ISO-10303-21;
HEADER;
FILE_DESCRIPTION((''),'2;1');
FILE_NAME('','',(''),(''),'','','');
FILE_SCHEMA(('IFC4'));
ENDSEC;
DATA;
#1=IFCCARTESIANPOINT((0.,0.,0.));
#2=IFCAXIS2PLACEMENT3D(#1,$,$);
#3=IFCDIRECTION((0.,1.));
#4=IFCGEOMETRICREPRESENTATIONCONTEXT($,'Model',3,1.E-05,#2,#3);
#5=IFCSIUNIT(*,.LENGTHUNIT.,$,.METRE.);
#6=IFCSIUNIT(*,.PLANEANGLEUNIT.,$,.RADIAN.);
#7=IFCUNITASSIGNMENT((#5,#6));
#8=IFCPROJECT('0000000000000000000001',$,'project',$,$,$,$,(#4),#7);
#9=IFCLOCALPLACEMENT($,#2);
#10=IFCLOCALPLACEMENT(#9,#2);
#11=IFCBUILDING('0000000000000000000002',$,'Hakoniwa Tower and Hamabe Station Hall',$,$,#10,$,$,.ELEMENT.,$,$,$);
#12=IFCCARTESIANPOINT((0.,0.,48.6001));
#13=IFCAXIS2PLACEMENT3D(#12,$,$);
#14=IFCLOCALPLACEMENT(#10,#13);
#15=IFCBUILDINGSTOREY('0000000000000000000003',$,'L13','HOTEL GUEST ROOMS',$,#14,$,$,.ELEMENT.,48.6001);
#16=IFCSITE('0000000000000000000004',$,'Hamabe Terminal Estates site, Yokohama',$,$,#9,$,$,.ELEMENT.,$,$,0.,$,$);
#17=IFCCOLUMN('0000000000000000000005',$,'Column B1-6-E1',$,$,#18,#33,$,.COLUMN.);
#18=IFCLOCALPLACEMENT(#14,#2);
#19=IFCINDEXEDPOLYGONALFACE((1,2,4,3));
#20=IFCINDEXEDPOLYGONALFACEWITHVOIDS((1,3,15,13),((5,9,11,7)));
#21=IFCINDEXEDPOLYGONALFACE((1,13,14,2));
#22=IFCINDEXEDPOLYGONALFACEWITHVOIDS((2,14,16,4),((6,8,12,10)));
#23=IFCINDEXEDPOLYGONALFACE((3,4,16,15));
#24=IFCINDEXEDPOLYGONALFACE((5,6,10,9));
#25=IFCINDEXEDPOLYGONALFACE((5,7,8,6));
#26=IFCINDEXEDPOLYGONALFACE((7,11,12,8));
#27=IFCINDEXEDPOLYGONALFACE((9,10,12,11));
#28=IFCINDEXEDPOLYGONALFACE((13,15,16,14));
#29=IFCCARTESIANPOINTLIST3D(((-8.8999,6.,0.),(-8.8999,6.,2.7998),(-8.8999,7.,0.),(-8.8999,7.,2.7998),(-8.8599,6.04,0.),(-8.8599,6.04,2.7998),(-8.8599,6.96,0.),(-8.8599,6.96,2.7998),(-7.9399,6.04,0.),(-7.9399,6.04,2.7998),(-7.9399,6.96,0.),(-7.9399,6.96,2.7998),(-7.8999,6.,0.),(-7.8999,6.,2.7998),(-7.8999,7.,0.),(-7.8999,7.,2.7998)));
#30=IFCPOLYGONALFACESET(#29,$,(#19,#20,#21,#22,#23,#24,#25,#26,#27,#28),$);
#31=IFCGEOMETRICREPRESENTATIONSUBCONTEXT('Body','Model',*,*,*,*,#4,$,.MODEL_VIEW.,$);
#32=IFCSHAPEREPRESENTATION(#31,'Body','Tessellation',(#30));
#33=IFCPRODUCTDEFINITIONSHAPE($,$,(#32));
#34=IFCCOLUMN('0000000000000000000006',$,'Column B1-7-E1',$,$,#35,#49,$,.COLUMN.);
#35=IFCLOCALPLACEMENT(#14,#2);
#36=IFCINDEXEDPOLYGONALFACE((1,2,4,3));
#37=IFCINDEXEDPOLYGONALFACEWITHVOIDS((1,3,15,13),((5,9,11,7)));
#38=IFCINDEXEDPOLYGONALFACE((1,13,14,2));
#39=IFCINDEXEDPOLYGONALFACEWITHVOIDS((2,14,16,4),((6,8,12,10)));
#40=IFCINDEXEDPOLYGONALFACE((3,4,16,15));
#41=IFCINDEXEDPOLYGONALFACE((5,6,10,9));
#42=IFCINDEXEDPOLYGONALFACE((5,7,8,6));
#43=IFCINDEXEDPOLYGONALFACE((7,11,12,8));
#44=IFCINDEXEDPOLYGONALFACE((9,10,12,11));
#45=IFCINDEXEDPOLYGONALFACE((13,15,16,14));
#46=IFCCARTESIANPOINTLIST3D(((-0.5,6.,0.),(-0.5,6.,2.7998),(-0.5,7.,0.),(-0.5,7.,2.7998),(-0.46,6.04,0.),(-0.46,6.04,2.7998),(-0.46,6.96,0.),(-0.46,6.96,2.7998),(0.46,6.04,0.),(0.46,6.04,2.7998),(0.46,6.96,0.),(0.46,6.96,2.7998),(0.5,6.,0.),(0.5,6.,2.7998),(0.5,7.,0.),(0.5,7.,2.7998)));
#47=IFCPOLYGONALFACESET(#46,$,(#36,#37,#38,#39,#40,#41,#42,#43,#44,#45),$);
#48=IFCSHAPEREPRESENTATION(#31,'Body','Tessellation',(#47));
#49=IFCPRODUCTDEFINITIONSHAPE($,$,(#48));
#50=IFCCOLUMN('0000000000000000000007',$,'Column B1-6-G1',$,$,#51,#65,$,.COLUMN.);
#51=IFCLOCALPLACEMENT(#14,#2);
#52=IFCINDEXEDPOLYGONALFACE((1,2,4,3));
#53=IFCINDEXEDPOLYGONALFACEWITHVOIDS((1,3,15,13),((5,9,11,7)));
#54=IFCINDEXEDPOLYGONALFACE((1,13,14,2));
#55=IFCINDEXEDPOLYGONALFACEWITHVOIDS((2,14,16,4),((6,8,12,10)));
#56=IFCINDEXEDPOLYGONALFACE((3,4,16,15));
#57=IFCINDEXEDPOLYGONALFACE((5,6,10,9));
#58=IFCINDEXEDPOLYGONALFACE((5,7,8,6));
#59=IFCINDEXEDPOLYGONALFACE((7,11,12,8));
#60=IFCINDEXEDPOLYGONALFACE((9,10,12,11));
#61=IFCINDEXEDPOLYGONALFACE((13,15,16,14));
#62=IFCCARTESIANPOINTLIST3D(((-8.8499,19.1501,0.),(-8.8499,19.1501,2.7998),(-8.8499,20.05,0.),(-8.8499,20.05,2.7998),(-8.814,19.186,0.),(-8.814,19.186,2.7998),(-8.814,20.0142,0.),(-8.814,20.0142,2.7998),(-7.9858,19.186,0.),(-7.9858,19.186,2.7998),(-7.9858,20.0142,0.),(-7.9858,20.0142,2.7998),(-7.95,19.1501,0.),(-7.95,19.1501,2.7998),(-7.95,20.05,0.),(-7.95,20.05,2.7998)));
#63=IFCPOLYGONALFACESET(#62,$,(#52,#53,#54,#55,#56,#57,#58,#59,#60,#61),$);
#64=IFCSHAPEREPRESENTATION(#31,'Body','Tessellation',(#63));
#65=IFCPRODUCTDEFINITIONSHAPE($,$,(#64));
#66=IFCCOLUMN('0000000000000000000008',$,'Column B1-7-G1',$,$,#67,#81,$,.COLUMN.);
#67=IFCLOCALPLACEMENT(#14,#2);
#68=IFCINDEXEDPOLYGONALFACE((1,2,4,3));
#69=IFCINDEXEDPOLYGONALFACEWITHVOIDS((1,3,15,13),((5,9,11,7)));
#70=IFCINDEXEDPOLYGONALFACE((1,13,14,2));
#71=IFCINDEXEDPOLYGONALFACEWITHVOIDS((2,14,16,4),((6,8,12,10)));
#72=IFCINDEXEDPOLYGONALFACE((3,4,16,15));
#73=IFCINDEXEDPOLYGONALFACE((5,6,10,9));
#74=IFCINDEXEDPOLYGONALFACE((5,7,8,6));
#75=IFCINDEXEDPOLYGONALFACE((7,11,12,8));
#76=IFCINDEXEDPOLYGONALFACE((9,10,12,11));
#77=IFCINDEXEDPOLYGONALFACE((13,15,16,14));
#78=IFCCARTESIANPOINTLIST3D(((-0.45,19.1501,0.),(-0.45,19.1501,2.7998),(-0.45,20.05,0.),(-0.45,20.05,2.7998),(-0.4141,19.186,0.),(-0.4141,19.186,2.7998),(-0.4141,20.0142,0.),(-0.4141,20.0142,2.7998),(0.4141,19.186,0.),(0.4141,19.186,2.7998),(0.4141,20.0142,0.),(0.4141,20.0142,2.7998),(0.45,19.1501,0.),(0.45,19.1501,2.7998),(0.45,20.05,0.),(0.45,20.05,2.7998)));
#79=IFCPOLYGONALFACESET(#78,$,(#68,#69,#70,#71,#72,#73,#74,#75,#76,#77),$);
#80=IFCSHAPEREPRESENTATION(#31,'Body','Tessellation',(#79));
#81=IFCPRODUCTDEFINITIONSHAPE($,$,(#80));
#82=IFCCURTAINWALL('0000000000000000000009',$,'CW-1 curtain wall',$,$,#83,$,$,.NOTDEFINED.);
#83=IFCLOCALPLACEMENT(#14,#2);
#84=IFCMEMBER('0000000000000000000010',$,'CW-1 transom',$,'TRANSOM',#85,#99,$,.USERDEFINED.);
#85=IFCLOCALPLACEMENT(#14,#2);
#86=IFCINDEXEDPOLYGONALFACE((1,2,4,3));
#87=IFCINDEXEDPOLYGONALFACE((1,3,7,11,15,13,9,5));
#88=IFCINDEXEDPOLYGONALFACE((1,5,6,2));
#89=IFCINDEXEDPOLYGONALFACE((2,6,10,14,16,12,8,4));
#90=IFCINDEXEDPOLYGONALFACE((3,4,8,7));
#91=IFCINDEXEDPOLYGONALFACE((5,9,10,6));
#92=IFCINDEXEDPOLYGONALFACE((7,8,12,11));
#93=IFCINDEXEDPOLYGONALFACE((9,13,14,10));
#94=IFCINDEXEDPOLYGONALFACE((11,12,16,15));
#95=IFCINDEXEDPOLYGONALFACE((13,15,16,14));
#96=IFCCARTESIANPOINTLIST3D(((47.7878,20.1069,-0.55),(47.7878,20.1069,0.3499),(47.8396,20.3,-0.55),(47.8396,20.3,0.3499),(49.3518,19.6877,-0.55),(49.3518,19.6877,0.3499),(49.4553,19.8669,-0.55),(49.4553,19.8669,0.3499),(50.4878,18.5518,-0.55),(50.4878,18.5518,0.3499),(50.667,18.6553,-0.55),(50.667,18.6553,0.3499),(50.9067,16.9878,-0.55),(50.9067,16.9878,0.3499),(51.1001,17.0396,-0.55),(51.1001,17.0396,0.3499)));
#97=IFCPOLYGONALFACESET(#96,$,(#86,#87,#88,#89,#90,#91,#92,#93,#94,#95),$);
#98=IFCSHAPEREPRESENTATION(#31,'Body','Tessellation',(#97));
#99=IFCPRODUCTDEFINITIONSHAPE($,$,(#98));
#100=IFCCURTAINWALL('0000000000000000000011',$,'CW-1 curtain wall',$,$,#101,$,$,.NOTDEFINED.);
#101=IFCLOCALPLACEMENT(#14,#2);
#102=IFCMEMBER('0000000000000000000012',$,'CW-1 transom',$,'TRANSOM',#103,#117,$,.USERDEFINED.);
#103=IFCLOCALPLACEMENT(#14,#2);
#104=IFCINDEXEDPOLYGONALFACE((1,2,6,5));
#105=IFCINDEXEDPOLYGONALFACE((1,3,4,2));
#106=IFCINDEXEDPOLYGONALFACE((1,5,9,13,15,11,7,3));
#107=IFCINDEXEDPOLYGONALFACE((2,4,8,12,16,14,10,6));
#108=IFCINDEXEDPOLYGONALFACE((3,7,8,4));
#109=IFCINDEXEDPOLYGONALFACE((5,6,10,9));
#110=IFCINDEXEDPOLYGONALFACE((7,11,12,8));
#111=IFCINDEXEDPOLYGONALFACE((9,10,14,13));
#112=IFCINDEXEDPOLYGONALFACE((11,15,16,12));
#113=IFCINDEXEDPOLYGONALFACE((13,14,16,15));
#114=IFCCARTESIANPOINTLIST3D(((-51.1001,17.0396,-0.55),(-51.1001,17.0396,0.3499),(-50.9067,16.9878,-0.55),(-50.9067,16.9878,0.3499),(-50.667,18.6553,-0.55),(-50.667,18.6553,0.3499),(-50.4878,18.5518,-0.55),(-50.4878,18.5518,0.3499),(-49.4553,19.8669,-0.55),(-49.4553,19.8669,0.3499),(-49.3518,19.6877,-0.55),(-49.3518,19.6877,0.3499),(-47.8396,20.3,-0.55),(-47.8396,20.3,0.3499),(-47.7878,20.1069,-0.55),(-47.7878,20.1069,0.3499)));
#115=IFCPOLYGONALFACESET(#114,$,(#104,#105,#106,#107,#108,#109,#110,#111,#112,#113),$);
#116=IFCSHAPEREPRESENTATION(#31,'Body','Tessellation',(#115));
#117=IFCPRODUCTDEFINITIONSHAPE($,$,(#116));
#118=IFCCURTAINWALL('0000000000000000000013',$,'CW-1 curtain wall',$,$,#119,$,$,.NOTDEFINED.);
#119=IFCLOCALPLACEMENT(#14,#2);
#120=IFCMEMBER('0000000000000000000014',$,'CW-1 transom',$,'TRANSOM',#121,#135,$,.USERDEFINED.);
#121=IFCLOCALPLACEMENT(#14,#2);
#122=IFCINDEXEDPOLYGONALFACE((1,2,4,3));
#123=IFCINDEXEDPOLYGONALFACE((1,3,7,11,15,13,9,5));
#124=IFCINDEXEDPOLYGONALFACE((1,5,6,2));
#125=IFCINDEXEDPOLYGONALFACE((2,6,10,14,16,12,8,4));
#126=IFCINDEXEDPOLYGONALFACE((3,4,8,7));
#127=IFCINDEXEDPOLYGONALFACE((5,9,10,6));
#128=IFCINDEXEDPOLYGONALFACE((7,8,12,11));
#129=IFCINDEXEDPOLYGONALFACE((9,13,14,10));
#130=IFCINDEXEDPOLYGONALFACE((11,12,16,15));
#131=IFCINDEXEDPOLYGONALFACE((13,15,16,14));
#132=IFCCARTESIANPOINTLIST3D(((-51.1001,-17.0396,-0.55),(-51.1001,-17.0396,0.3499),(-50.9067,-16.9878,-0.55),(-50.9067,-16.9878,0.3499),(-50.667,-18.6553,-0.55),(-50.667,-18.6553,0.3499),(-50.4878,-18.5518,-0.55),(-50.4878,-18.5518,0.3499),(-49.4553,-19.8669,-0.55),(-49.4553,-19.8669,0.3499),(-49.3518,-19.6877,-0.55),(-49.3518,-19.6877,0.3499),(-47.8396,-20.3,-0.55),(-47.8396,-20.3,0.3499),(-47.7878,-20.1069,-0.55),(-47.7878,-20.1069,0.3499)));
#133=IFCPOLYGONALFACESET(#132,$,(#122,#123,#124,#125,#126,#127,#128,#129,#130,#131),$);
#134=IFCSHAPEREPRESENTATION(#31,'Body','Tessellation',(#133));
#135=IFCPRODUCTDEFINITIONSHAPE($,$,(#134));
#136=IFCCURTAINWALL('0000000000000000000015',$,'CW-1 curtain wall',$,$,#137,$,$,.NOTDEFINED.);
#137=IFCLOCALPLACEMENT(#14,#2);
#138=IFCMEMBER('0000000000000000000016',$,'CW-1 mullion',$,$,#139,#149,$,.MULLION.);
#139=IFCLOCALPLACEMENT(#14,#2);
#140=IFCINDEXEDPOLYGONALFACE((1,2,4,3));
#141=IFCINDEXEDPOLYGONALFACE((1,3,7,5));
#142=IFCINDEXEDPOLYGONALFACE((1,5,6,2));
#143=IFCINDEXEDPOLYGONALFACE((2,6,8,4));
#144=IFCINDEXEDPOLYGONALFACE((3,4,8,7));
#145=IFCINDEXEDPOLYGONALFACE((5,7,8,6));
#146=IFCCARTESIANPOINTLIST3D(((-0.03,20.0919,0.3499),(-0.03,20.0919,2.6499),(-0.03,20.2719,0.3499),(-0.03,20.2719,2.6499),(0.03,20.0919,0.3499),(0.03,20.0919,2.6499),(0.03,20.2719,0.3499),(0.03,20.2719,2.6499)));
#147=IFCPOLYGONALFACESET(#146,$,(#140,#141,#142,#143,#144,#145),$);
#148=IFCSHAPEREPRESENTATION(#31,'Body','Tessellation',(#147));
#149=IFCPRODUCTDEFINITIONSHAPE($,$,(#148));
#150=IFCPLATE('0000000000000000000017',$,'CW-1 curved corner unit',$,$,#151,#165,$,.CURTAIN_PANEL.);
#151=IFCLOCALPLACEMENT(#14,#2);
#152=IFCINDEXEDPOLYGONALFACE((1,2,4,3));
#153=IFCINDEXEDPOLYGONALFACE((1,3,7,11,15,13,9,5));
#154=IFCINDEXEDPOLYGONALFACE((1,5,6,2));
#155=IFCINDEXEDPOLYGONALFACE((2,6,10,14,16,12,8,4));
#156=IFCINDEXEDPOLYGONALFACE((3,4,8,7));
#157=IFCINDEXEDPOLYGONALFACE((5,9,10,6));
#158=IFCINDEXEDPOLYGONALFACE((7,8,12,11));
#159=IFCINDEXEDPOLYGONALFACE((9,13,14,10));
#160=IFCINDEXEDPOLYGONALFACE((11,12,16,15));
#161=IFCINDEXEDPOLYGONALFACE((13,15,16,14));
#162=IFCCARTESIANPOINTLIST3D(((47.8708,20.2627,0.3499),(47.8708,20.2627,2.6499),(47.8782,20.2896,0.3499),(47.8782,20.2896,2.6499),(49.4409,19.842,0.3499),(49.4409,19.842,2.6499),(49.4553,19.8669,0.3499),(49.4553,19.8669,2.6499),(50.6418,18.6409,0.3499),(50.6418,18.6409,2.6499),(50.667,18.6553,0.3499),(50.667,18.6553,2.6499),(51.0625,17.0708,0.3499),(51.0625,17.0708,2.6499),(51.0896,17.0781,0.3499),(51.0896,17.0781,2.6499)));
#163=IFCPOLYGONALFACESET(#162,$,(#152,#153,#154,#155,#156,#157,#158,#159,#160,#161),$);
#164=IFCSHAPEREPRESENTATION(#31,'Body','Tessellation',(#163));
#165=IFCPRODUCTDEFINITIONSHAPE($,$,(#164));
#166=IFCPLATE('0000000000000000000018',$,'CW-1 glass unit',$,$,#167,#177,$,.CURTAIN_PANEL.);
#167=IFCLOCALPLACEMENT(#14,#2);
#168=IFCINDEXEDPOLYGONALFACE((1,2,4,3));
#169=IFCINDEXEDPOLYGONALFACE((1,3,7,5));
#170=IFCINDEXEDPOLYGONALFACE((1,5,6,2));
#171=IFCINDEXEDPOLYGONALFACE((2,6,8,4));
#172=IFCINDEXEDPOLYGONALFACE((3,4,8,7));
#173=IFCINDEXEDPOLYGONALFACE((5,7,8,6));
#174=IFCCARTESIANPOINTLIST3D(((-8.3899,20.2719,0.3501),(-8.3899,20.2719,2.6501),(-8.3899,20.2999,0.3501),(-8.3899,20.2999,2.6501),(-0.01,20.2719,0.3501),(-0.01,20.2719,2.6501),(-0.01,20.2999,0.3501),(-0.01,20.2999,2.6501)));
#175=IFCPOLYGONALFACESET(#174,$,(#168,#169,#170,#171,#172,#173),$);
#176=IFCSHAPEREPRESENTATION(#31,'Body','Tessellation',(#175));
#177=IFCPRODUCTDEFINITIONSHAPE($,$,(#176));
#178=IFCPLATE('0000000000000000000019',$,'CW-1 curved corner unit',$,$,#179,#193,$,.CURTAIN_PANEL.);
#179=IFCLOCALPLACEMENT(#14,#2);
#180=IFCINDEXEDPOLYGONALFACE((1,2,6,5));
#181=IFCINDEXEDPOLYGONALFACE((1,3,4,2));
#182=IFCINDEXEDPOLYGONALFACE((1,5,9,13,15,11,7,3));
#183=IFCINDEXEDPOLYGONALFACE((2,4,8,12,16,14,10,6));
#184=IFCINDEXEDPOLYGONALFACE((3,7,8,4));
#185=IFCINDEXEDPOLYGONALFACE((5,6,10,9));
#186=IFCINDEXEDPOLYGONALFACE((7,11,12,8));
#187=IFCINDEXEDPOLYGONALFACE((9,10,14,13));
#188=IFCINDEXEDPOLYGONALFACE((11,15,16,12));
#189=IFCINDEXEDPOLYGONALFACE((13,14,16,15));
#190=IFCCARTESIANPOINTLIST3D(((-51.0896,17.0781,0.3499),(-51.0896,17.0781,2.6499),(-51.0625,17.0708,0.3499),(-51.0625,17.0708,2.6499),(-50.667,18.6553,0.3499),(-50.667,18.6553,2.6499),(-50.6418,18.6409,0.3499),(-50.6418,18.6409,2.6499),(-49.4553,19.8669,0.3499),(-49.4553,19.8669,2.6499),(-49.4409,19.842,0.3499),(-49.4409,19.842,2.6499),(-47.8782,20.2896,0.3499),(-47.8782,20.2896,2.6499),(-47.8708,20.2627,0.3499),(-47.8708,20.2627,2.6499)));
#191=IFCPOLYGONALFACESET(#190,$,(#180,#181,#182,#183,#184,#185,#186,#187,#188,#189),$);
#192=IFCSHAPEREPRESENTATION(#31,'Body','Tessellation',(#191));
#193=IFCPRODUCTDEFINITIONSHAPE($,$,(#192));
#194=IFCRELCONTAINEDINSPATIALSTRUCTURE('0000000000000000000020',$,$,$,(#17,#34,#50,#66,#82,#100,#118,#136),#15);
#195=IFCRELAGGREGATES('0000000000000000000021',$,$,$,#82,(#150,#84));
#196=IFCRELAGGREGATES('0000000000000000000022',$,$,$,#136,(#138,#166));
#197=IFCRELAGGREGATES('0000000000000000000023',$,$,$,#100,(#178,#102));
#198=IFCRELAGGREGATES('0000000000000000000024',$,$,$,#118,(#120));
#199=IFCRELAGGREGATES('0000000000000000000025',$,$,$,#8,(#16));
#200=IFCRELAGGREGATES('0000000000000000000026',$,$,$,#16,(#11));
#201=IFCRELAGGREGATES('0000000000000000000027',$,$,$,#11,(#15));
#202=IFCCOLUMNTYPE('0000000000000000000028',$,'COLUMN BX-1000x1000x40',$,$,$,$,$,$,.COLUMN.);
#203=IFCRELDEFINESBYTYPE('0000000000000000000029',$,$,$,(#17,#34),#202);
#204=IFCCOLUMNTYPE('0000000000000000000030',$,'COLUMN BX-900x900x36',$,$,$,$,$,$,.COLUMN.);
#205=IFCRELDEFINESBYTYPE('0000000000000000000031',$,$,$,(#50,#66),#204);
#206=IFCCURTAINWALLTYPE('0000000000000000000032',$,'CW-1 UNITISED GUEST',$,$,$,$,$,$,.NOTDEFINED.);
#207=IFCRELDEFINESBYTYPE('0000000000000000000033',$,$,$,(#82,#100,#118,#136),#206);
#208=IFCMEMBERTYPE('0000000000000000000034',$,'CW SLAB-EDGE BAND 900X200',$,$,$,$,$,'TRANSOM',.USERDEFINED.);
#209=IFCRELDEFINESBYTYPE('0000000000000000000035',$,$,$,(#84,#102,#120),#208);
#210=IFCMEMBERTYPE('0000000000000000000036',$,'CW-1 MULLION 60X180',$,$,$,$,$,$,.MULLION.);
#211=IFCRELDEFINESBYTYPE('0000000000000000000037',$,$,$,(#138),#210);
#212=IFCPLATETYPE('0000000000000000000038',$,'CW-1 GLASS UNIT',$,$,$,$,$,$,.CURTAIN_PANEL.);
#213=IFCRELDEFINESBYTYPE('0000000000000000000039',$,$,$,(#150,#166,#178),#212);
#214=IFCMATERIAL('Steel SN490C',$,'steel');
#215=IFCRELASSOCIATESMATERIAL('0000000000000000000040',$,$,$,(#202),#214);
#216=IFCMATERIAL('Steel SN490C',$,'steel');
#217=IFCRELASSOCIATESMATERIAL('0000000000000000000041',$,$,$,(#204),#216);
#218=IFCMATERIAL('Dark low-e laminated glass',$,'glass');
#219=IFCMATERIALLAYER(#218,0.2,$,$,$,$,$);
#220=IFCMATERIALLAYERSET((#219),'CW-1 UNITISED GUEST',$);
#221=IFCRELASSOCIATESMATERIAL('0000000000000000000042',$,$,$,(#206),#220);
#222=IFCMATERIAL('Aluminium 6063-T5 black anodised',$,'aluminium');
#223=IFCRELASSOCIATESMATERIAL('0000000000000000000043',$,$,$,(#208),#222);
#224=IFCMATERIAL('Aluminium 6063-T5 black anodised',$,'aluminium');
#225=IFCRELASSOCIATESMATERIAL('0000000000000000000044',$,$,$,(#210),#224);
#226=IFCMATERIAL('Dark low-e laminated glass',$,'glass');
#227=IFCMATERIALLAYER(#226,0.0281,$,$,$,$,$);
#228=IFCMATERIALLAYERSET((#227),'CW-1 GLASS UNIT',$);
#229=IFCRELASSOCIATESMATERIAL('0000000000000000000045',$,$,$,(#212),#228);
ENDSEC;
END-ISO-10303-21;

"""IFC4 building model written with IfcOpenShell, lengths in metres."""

from ifc_helpers import new_model, si_unit, direction, frame, origin, origin_2d, place, context, subcontext, project, spatial, polyline, rectangle, hollow_rectangle, outline, extrude, material, layer, layer_set, material_profile, profile_set, type_object, element, aggregate, save


model = new_model("IFC4")

# Units and contexts
model_context = context("Model", 3, precision=1e-05, world=origin(), true_north=direction((0.0, 1.0)))
body_context = subcontext(model_context, "Body", "Model", "MODEL_VIEW")
ifc_project = project(units=[si_unit("LENGTHUNIT", "METRE"), si_unit("PLANEANGLEUNIT", "RADIAN")], contexts=[model_context])

# Site, building, storey
site_placement = place(None, origin())
site = spatial("IfcSite", under=ifc_project, at=site_placement, Name="Hamabe Terminal Estates site, Yokohama", CompositionType="ELEMENT", RefElevation=0.0)
building_placement = place(site_placement, origin())
building = spatial("IfcBuilding", under=site, at=building_placement, Name="Hakoniwa Tower and Hamabe Station Hall", CompositionType="ELEMENT")
storey_placement = place(building_placement, frame((0.0, 0.0, 48.6001)))
storey = spatial("IfcBuildingStorey", under=building, at=storey_placement, Name="L13", Description="HOTEL GUEST ROOMS", CompositionType="ELEMENT", Elevation=48.6001)

# Columns
ifc_material_1 = material(Name="Steel SN490C", Category="steel")
ifc_material_profile_1 = material_profile(ifc_material_1, hollow_rectangle(XDim=1.0, YDim=1.0, WallThickness=0.04, at=origin_2d()), Name="BX-1000x1000x40")
ifc_profile_set_1 = profile_set([ifc_material_profile_1], Name="Steel SN490C")
column_type_1 = type_object("IfcColumnType", Name="COLUMN BX-1000x1000x40", PredefinedType="COLUMN", material=ifc_profile_set_1)
for number, where, z_axis, x_axis, name in (
    (1, (-8.3999, 6.5, 0.0), (0.0, 0.0, 1.0), (1.0, 0.0, 0.0), "Column B1-6-E1"),
    (2, (0.0, 6.5, 0.0), (0.0, 0.0, 1.0), (1.0, 0.0, 0.0), "Column B1-7-E1"),
):
    element("IfcColumn", number, at=place(storey_placement, frame(where, z_axis=z_axis, x_axis=x_axis)), inside=storey, type_object=column_type_1, Name=name, PredefinedType="COLUMN", context=body_context, shape_type="SweptSolid", body=[
        extrude(hollow_rectangle(XDim=1.0, YDim=1.0, WallThickness=0.04, at=origin_2d()), origin(), (0.0, 0.0, 1.0), 2.7998),
    ])
ifc_material_2 = material(Name="Steel SN490C", Category="steel")
ifc_material_profile_2 = material_profile(ifc_material_2, hollow_rectangle(XDim=0.8999, YDim=0.8999, WallThickness=0.0359, at=origin_2d()), Name="BX-900x900x36")
ifc_profile_set_2 = profile_set([ifc_material_profile_2], Name="Steel SN490C")
column_type_2 = type_object("IfcColumnType", Name="COLUMN BX-900x900x36", PredefinedType="COLUMN", material=ifc_profile_set_2)
for number, where, z_axis, x_axis, name in (
    (3, (-8.3999, 19.6001, 0.0), (0.0, 0.0, 1.0), (1.0, 0.0, 0.0), "Column B1-6-G1"),
    (4, (0.0, 19.6001, 0.0), (0.0, 0.0, 1.0), (1.0, 0.0, 0.0), "Column B1-7-G1"),
):
    element("IfcColumn", number, at=place(storey_placement, frame(where, z_axis=z_axis, x_axis=x_axis)), inside=storey, type_object=column_type_2, Name=name, PredefinedType="COLUMN", context=body_context, shape_type="SweptSolid", body=[
        extrude(hollow_rectangle(XDim=0.8999, YDim=0.8999, WallThickness=0.0359, at=origin_2d()), origin(), (0.0, 0.0, 1.0), 2.7998),
    ])

# Curtain walls, members
ifc_material_3 = material(Name="Dark low-e laminated glass", Category="glass")
ifc_layer_1 = layer(ifc_material_3, 0.2)
ifc_layer_set_1 = layer_set([ifc_layer_1], Name="CW-1 UNITISED GUEST")
curtain_wall_type = type_object("IfcCurtainWallType", Name="CW-1 UNITISED GUEST", PredefinedType="NOTDEFINED", material=ifc_layer_set_1)
curtain_wall_1_placement = place(storey_placement, origin())
curtain_wall_1 = element("IfcCurtainWall", 5, at=curtain_wall_1_placement, inside=storey, type_object=curtain_wall_type, Name="CW-1 curtain wall", PredefinedType="NOTDEFINED")
ifc_material_4 = material(Name="Aluminium 6063-T5 black anodised", Category="aluminium")
ifc_material_profile_3 = material_profile(ifc_material_4, rectangle(XDim=0.2, YDim=0.8999, at=origin_2d()), Name="CW SLAB-EDGE BAND 900X200")
ifc_profile_set_3 = profile_set([ifc_material_profile_3], Name="Aluminium 6063-T5 black anodised")
member_type_1 = type_object("IfcMemberType", Name="CW SLAB-EDGE BAND 900X200", ElementType="TRANSOM", PredefinedType="USERDEFINED", material=ifc_profile_set_3)
member_1_placement = place(storey_placement, frame((0.0, 0.0, -0.55)))
member_1 = element("IfcMember", 6, at=member_1_placement, type_object=member_type_1, Name="CW-1 transom", ObjectType="TRANSOM", PredefinedType="USERDEFINED", context=body_context, shape_type="SweptSolid", body=[
    extrude(outline(polyline([(51.1001, 17.0396), (50.667, 18.6553), (49.4553, 19.8669), (47.8396, 20.3), (47.7878, 20.1069), (49.3518, 19.6877), (50.4878, 18.5518), (50.9067, 16.9878), (51.1001, 17.0396)])), origin(), (0.0, 0.0, 1.0), 0.8999),
])
curtain_wall_2_placement = place(storey_placement, origin())
curtain_wall_2 = element("IfcCurtainWall", 7, at=curtain_wall_2_placement, inside=storey, type_object=curtain_wall_type, Name="CW-1 curtain wall", PredefinedType="NOTDEFINED")
member_2_placement = place(storey_placement, frame((0.0, 0.0, -0.55)))
member_2 = element("IfcMember", 8, at=member_2_placement, type_object=member_type_1, Name="CW-1 transom", ObjectType="TRANSOM", PredefinedType="USERDEFINED", context=body_context, shape_type="SweptSolid", body=[
    extrude(outline(polyline([(-47.8396, 20.3), (-49.4553, 19.8669), (-50.667, 18.6553), (-51.1001, 17.0396), (-50.9067, 16.9878), (-50.4878, 18.5518), (-49.3518, 19.6877), (-47.7878, 20.1069), (-47.8396, 20.3)])), origin(), (0.0, 0.0, 1.0), 0.8999),
])
curtain_wall_3_placement = place(storey_placement, origin())
curtain_wall_3 = element("IfcCurtainWall", 9, at=curtain_wall_3_placement, inside=storey, type_object=curtain_wall_type, Name="CW-1 curtain wall", PredefinedType="NOTDEFINED")
member_3_placement = place(storey_placement, frame((0.0, 0.0, -0.55)))
member_3 = element("IfcMember", 10, at=member_3_placement, type_object=member_type_1, Name="CW-1 transom", ObjectType="TRANSOM", PredefinedType="USERDEFINED", context=body_context, shape_type="SweptSolid", body=[
    extrude(outline(polyline([(-51.1001, -17.0396), (-50.667, -18.6553), (-49.4553, -19.8669), (-47.8396, -20.3), (-47.7878, -20.1069), (-49.3518, -19.6877), (-50.4878, -18.5518), (-50.9067, -16.9878), (-51.1001, -17.0396)])), origin(), (0.0, 0.0, 1.0), 0.8999),
])
curtain_wall_4_placement = place(storey_placement, origin())
curtain_wall_4 = element("IfcCurtainWall", 11, at=curtain_wall_4_placement, inside=storey, type_object=curtain_wall_type, Name="CW-1 curtain wall", PredefinedType="NOTDEFINED")
ifc_material_5 = material(Name="Aluminium 6063-T5 black anodised", Category="aluminium")
ifc_material_profile_4 = material_profile(ifc_material_5, rectangle(XDim=0.0601, YDim=0.1799, at=origin_2d()), Name="CW-1 MULLION 60X180")
ifc_profile_set_4 = profile_set([ifc_material_profile_4], Name="Aluminium 6063-T5 black anodised")
member_type_2 = type_object("IfcMemberType", Name="CW-1 MULLION 60X180", PredefinedType="MULLION", material=ifc_profile_set_4)
member_4_placement = place(storey_placement, frame((0.0, 20.1819, 0.3499), z_axis=(0.0, 0.0, 1.0), x_axis=(-1.0, 0.0, 0.0)))
member_4 = element("IfcMember", 12, at=member_4_placement, type_object=member_type_2, Name="CW-1 mullion", PredefinedType="MULLION", context=body_context, shape_type="SweptSolid", body=[
    extrude(rectangle(XDim=0.0601, YDim=0.1799, at=origin_2d()), origin(), (0.0, 0.0, 1.0), 2.3),
])

# Plates
ifc_material_6 = material(Name="Dark low-e laminated glass", Category="glass")
ifc_layer_2 = layer(ifc_material_6, 0.0281)
ifc_layer_set_2 = layer_set([ifc_layer_2], Name="CW-1 GLASS UNIT")
plate_type = type_object("IfcPlateType", Name="CW-1 GLASS UNIT", PredefinedType="CURTAIN_PANEL", material=ifc_layer_set_2)
plate_1_placement = place(storey_placement, frame((0.0, 0.0, 0.3499)))
plate_1 = element("IfcPlate", 13, at=plate_1_placement, type_object=plate_type, Name="CW-1 curved corner unit", PredefinedType="CURTAIN_PANEL", context=body_context, shape_type="SweptSolid", body=[
    extrude(outline(polyline([(51.0896, 17.0781), (50.667, 18.6553), (49.4553, 19.8669), (47.8782, 20.2896), (47.8708, 20.2627), (49.4409, 19.842), (50.6418, 18.6409), (51.0625, 17.0708), (51.0896, 17.0781)])), origin(), (0.0, 0.0, 1.0), 2.3),
])
aggregate(curtain_wall_1, [plate_1, member_1])
plate_2_placement = place(storey_placement, frame((-4.2, 20.2859, 0.3501), z_axis=(0.0, 0.0, 1.0), x_axis=(-1.0, 0.0, 0.0)))
plate_2 = element("IfcPlate", 14, at=plate_2_placement, type_object=plate_type, Name="CW-1 glass unit", PredefinedType="CURTAIN_PANEL", context=body_context, shape_type="SweptSolid", body=[
    extrude(rectangle(XDim=8.3799, YDim=0.0281, at=origin_2d()), origin(), (0.0, 0.0, 1.0), 2.3),
])
aggregate(curtain_wall_4, [member_4, plate_2])
plate_3_placement = place(storey_placement, frame((0.0, 0.0, 0.3499)))
plate_3 = element("IfcPlate", 15, at=plate_3_placement, type_object=plate_type, Name="CW-1 curved corner unit", PredefinedType="CURTAIN_PANEL", context=body_context, shape_type="SweptSolid", body=[
    extrude(outline(polyline([(-47.8782, 20.2896), (-49.4553, 19.8669), (-50.667, 18.6553), (-51.0896, 17.0781), (-51.0625, 17.0708), (-50.6418, 18.6409), (-49.4409, 19.842), (-47.8708, 20.2627), (-47.8782, 20.2896)])), origin(), (0.0, 0.0, 1.0), 2.3),
])
aggregate(curtain_wall_2, [plate_3, member_2])
aggregate(curtain_wall_3, [member_3])

save(model, "model.ifc")
